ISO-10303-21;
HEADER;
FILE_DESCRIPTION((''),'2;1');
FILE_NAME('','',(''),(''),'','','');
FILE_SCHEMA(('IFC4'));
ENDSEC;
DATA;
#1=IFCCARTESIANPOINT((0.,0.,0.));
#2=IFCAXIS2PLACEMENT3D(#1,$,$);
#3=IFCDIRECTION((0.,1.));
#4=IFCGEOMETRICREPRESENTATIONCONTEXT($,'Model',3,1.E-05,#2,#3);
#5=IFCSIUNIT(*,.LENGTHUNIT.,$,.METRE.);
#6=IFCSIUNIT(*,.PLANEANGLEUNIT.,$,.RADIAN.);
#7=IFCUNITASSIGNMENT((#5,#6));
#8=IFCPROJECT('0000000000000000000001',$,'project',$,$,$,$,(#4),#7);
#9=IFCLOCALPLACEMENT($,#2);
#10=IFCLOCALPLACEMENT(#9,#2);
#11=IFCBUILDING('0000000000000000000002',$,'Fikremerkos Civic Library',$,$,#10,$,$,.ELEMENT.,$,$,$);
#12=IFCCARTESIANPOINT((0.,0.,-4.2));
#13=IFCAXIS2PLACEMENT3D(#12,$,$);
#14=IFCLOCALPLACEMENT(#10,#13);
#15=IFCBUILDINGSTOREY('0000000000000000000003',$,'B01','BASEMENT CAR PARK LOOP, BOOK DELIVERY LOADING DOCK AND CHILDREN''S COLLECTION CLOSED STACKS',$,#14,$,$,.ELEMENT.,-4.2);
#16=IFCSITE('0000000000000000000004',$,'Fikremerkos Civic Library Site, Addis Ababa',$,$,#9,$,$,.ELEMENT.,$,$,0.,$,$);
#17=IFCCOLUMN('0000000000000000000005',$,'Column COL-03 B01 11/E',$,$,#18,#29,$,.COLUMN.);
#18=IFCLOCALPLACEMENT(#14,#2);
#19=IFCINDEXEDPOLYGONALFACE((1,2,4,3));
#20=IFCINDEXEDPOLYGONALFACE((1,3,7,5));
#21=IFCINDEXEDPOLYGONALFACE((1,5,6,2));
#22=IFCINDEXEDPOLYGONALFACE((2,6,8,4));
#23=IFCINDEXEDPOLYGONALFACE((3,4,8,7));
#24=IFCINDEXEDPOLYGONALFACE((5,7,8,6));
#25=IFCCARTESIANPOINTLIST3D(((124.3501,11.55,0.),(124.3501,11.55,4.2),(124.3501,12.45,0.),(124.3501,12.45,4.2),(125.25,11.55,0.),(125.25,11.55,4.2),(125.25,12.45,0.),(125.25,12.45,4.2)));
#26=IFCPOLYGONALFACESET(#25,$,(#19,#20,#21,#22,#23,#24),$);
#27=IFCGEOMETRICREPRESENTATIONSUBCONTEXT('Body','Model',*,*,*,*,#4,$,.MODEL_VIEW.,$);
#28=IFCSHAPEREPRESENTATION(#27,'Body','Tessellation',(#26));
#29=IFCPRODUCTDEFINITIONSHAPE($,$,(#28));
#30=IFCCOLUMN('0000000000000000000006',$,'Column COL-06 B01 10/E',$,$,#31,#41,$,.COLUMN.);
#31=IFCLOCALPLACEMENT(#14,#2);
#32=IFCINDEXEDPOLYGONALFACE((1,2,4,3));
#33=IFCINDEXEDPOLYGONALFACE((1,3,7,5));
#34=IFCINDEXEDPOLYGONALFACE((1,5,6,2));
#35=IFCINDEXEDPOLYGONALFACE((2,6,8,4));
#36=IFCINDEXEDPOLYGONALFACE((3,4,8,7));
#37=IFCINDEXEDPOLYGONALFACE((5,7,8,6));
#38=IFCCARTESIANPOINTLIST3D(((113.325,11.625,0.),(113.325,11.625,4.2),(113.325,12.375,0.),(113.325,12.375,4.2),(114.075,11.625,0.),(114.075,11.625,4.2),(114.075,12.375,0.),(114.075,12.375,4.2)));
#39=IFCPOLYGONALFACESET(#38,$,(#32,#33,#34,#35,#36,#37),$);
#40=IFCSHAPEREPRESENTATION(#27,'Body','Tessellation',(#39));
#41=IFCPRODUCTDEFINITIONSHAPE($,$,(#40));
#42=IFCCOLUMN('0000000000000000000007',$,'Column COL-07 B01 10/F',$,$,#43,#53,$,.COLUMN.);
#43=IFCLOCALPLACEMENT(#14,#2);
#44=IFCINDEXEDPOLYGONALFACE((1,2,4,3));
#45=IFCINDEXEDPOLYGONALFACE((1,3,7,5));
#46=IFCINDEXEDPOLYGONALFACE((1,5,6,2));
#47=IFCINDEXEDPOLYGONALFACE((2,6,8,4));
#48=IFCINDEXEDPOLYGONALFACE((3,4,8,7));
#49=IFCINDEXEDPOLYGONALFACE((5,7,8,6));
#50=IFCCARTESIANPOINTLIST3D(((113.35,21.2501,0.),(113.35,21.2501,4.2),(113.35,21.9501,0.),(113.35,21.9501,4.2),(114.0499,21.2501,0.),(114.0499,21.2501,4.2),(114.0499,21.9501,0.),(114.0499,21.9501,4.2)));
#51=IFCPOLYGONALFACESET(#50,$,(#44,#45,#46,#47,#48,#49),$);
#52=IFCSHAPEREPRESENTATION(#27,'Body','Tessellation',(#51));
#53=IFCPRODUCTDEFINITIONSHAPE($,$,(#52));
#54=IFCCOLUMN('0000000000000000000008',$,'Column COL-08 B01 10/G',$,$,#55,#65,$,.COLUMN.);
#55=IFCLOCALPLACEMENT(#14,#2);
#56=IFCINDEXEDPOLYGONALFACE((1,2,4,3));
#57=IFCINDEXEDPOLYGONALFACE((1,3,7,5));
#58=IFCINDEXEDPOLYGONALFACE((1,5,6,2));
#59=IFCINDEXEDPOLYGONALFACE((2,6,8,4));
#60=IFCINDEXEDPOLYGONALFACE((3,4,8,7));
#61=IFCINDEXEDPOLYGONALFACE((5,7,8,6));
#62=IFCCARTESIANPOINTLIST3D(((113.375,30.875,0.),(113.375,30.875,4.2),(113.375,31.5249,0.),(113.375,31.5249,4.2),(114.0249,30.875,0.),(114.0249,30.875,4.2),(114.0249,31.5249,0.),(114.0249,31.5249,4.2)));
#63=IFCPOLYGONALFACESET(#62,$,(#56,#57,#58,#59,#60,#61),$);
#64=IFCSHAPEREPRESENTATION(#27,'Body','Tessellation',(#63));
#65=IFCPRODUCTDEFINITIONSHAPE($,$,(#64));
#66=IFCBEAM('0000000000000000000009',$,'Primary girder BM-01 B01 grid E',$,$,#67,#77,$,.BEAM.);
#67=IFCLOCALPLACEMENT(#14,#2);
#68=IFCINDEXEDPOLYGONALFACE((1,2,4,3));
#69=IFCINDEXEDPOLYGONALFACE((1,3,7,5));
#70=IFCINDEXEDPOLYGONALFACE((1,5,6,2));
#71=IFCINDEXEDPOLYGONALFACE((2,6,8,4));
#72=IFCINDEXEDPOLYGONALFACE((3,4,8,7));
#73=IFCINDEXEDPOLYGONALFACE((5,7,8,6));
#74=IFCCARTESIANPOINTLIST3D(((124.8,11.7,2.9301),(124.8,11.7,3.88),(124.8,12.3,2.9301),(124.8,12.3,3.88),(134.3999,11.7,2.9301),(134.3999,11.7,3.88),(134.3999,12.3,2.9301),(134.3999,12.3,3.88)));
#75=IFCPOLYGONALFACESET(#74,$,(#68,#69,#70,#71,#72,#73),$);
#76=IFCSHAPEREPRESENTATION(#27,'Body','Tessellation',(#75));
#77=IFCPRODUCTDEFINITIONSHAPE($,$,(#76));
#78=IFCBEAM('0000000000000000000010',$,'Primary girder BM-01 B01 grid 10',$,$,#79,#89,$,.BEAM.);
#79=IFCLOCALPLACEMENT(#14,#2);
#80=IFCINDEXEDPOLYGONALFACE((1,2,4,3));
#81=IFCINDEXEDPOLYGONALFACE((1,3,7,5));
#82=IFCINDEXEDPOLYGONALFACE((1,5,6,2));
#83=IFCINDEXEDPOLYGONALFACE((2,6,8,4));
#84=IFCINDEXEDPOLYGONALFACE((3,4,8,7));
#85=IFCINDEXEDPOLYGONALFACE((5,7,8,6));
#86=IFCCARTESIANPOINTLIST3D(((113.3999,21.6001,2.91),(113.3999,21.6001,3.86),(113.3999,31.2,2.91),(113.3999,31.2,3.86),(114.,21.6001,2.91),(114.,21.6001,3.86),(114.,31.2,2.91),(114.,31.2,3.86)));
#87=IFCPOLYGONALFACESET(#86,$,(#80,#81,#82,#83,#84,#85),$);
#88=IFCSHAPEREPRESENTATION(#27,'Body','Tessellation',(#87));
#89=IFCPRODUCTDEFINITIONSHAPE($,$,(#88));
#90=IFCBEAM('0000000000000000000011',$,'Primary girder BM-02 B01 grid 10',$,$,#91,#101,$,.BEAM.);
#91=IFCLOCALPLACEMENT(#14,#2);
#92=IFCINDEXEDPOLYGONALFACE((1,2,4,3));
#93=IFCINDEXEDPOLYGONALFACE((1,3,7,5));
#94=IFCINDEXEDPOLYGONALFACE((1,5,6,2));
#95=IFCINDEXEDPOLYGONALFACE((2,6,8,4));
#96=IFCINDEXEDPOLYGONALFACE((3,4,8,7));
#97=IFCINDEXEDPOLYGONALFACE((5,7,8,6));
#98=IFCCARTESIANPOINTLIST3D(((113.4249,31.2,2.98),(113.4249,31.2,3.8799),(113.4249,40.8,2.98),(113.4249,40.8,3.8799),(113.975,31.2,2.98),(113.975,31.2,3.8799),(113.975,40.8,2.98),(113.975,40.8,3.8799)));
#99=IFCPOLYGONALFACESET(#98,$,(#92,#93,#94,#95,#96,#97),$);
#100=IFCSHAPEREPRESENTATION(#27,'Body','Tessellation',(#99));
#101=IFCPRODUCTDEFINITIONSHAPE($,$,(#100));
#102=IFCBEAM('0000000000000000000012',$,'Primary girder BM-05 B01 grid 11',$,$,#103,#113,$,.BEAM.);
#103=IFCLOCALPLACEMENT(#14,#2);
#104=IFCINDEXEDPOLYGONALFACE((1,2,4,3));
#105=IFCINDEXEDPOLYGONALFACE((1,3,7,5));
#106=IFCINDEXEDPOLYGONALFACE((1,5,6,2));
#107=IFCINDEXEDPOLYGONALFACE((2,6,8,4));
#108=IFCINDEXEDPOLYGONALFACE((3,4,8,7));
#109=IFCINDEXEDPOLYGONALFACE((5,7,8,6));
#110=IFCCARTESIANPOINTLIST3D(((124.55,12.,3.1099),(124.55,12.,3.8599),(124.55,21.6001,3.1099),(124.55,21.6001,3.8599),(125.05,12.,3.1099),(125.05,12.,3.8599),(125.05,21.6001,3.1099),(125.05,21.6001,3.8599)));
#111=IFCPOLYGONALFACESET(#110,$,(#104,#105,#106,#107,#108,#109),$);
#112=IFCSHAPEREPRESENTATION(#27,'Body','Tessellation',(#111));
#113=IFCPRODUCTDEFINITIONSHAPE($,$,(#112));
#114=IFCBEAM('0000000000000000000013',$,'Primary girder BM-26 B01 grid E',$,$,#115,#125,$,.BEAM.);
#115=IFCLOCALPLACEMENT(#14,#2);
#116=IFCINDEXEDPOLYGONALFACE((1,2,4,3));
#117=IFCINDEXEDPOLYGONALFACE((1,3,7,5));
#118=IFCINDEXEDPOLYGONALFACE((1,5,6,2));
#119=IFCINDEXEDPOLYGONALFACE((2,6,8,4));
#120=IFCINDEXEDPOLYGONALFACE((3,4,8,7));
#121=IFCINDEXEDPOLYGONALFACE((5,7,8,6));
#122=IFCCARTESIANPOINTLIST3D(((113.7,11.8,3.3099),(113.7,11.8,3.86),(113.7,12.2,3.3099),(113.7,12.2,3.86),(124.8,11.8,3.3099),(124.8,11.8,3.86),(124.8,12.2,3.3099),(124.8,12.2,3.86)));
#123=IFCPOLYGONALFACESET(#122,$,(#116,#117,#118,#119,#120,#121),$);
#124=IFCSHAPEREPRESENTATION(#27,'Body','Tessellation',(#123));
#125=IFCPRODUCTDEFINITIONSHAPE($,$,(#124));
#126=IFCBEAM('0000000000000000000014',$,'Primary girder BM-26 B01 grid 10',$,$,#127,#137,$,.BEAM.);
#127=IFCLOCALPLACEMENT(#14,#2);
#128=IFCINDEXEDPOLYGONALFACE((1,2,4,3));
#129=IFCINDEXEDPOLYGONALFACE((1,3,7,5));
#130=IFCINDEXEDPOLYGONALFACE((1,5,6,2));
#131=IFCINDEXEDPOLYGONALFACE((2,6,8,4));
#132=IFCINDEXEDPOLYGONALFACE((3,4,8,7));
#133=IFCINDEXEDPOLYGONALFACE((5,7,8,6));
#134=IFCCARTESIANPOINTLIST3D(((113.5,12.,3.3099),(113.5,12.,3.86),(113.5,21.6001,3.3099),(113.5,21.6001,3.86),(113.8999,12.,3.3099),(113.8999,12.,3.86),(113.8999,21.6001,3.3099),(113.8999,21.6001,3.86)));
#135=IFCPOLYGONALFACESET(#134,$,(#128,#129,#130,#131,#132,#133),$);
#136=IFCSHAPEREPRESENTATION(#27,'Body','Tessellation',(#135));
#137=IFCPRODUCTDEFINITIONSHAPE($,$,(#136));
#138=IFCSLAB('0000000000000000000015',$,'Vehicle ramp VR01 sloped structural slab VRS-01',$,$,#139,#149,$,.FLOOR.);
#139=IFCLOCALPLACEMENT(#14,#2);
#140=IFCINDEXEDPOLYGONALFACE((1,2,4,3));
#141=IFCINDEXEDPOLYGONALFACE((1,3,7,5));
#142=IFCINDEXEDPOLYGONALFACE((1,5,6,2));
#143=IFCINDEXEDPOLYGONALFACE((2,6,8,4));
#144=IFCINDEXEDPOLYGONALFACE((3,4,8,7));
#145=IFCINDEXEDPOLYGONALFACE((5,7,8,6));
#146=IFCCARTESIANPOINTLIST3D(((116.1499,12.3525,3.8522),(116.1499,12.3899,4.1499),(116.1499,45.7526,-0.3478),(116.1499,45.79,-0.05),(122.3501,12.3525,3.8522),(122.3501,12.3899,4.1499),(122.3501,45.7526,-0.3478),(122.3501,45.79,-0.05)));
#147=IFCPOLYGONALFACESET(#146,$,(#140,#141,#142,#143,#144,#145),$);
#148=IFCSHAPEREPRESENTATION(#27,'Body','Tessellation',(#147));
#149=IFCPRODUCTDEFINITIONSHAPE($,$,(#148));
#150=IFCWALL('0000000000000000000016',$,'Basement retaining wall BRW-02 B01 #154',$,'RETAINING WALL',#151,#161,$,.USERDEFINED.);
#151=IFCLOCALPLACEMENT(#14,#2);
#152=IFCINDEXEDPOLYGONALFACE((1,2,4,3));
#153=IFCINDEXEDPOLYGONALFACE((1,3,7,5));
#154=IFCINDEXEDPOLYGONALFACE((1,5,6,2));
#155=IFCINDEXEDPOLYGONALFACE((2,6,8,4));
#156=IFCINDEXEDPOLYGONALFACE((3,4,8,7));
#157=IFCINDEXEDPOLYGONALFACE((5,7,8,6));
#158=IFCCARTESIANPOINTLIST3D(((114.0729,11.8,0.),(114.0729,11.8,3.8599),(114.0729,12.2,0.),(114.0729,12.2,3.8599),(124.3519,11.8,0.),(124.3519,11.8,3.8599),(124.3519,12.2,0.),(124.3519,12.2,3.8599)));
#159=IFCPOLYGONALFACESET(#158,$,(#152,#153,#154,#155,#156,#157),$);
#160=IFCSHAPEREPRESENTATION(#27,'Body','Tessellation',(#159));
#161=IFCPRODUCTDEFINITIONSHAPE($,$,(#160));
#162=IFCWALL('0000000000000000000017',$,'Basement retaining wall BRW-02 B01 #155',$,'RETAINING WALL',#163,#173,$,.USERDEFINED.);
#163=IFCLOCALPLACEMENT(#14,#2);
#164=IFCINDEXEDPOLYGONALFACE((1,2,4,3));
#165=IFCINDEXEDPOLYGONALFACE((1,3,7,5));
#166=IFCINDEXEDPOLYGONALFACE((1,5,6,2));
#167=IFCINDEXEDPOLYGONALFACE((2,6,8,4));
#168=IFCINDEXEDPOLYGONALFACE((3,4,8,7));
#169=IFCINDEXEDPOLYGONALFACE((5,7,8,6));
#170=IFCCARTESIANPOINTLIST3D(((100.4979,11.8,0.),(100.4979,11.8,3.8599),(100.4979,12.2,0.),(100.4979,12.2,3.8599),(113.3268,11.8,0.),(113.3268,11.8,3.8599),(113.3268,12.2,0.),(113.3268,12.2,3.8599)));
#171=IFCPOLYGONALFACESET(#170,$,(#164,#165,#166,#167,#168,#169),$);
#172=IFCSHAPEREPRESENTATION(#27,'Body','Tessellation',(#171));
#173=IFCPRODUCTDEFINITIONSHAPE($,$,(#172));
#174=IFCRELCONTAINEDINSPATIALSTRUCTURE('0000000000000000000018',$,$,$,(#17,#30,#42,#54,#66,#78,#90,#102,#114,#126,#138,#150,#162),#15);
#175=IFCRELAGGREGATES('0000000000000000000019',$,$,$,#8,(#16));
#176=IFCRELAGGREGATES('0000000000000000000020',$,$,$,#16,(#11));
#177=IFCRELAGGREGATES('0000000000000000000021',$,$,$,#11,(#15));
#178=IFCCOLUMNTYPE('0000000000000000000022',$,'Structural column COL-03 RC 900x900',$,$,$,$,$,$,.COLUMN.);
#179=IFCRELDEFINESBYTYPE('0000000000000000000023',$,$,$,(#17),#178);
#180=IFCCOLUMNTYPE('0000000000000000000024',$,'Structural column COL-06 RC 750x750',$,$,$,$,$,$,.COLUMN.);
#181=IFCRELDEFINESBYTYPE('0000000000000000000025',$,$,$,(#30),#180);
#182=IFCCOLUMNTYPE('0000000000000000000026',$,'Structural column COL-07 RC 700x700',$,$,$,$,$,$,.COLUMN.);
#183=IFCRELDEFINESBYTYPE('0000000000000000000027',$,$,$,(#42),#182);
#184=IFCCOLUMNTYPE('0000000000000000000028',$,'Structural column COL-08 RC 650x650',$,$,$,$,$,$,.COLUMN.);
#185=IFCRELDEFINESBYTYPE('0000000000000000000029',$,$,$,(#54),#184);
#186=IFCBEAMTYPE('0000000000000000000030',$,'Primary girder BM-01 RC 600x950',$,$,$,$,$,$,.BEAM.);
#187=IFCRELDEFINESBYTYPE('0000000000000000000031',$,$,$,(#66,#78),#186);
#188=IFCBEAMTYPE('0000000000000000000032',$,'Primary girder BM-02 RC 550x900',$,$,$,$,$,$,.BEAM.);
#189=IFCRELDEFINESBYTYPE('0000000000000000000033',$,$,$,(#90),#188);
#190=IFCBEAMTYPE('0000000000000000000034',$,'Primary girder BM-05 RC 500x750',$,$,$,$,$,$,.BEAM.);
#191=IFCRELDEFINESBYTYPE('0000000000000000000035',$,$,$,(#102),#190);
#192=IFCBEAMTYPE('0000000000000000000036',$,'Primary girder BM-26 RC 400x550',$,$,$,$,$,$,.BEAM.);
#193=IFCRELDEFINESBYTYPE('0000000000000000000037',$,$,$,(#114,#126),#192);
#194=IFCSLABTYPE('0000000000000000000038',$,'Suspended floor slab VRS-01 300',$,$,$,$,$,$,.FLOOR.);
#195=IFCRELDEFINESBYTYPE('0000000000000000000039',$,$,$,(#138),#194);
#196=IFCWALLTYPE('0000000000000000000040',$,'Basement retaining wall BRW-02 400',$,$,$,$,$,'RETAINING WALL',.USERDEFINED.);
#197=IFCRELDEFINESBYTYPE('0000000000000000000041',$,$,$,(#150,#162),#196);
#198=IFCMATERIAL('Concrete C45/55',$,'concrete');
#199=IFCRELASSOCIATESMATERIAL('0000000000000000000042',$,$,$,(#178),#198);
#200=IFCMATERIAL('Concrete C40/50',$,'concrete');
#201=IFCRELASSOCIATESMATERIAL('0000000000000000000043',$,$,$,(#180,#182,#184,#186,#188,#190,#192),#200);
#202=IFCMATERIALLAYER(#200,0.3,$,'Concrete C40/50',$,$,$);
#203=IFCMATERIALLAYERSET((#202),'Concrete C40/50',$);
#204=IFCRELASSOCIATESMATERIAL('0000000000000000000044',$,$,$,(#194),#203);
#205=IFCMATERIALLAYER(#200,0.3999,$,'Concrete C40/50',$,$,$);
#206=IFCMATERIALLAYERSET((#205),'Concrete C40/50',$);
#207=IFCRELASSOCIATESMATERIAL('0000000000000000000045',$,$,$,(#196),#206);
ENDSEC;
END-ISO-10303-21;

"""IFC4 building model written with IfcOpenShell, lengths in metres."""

from ifc_helpers import new_model, si_unit, direction, frame, frame_2d, origin, origin_2d, place, context, subcontext, project, spatial, polyline, rectangle, outline, extrude, material, layer, layer_set, material_profile, profile_set, type_object, element, save


model = new_model("IFC4")

# Units and contexts
model_context = context("Model", 3, precision=1e-05, world=origin(), true_north=direction((0.0, 1.0)))
body_context = subcontext(model_context, "Body", "Model", "MODEL_VIEW")
ifc_project = project(units=[si_unit("LENGTHUNIT", "METRE"), si_unit("PLANEANGLEUNIT", "RADIAN")], contexts=[model_context])

# Site, building, storey
site_placement = place(None, origin())
site = spatial("IfcSite", under=ifc_project, at=site_placement, Name="Fikremerkos Civic Library Site, Addis Ababa", CompositionType="ELEMENT", RefElevation=0.0)
building_placement = place(site_placement, origin())
building = spatial("IfcBuilding", under=site, at=building_placement, Name="Fikremerkos Civic Library", CompositionType="ELEMENT")
storey_placement = place(building_placement, frame((0.0, 0.0, -4.2)))
storey = spatial("IfcBuildingStorey", under=building, at=storey_placement, Name="B01", Description="BASEMENT CAR PARK LOOP, BOOK DELIVERY LOADING DOCK AND CHILDREN'S COLLECTION CLOSED STACKS", CompositionType="ELEMENT", Elevation=-4.2)

# Columns
ifc_material_1 = material(Name="Concrete C45/55", Category="concrete")
ifc_material_profile_1 = material_profile(ifc_material_1, rectangle(XDim=0.8999, YDim=0.8999, at=origin_2d()), Name="RC 900x900")
ifc_profile_set_1 = profile_set([ifc_material_profile_1], Name="Concrete C45/55")
column_type_1 = type_object("IfcColumnType", Name="Structural column COL-03 RC 900x900", PredefinedType="COLUMN", material=ifc_profile_set_1)
column_1_placement = place(storey_placement, frame((124.8, 12.0, 0.0), z_axis=(0.0, 0.0, 1.0), x_axis=(1.0, 0.0, 0.0)))
element("IfcColumn", 1, at=column_1_placement, inside=storey, type_object=column_type_1, Name="Column COL-03 B01 11/E", PredefinedType="COLUMN", context=body_context, shape_type="SweptSolid", body=[
    extrude(rectangle(XDim=0.8999, YDim=0.8999, at=origin_2d()), origin(), (0.0, 0.0, 1.0), 4.2),
])
ifc_material_2 = material(Name="Concrete C40/50", Category="concrete")
ifc_material_profile_2 = material_profile(ifc_material_2, rectangle(XDim=0.75, YDim=0.75, at=origin_2d()), Name="RC 750x750")
ifc_profile_set_2 = profile_set([ifc_material_profile_2], Name="Concrete C40/50")
column_type_2 = type_object("IfcColumnType", Name="Structural column COL-06 RC 750x750", PredefinedType="COLUMN", material=ifc_profile_set_2)
column_2_placement = place(storey_placement, frame((113.7, 12.0, 0.0), z_axis=(0.0, 0.0, 1.0), x_axis=(1.0, 0.0, 0.0)))
element("IfcColumn", 2, at=column_2_placement, inside=storey, type_object=column_type_2, Name="Column COL-06 B01 10/E", PredefinedType="COLUMN", context=body_context, shape_type="SweptSolid", body=[
    extrude(rectangle(XDim=0.75, YDim=0.75, at=origin_2d()), origin(), (0.0, 0.0, 1.0), 4.2),
])
ifc_material_profile_3 = material_profile(ifc_material_2, rectangle(XDim=0.7, YDim=0.7, at=origin_2d()), Name="RC 700x700")
ifc_profile_set_3 = profile_set([ifc_material_profile_3], Name="Concrete C40/50")
column_type_3 = type_object("IfcColumnType", Name="Structural column COL-07 RC 700x700", PredefinedType="COLUMN", material=ifc_profile_set_3)
column_3_placement = place(storey_placement, frame((113.7, 21.6001, 0.0), z_axis=(0.0, 0.0, 1.0), x_axis=(1.0, 0.0, 0.0)))
element("IfcColumn", 3, at=column_3_placement, inside=storey, type_object=column_type_3, Name="Column COL-07 B01 10/F", PredefinedType="COLUMN", context=body_context, shape_type="SweptSolid", body=[
    extrude(rectangle(XDim=0.7, YDim=0.7, at=origin_2d()), origin(), (0.0, 0.0, 1.0), 4.2),
])
ifc_material_profile_4 = material_profile(ifc_material_2, rectangle(XDim=0.6499, YDim=0.6499, at=origin_2d()), Name="RC 650x650")
ifc_profile_set_4 = profile_set([ifc_material_profile_4], Name="Concrete C40/50")
column_type_4 = type_object("IfcColumnType", Name="Structural column COL-08 RC 650x650", PredefinedType="COLUMN", material=ifc_profile_set_4)
column_4_placement = place(storey_placement, frame((113.7, 31.2, 0.0), z_axis=(0.0, 0.0, 1.0), x_axis=(1.0, 0.0, 0.0)))
element("IfcColumn", 4, at=column_4_placement, inside=storey, type_object=column_type_4, Name="Column COL-08 B01 10/G", PredefinedType="COLUMN", context=body_context, shape_type="SweptSolid", body=[
    extrude(rectangle(XDim=0.6499, YDim=0.6499, at=origin_2d()), origin(), (0.0, 0.0, 1.0), 4.2),
])

# Beams
ifc_material_profile_5 = material_profile(ifc_material_2, rectangle(XDim=0.6001, YDim=0.95, at=origin_2d()), Name="RC 600x950")
ifc_profile_set_5 = profile_set([ifc_material_profile_5], Name="Concrete C40/50")
beam_type_1 = type_object("IfcBeamType", Name="Primary girder BM-01 RC 600x950", PredefinedType="BEAM", material=ifc_profile_set_5)
for number, where, z_axis, x_axis, name in (
    (5, (124.8, 12.0, 3.405), (1.0, 0.0, 0.0), (0.0, 1.0, 0.0), "Primary girder BM-01 B01 grid E"),
    (6, (113.7, 21.6001, 3.385), (0.0, 1.0, 0.0), (-1.0, 0.0, 0.0), "Primary girder BM-01 B01 grid 10"),
):
    element("IfcBeam", number, at=place(storey_placement, frame(where, z_axis=z_axis, x_axis=x_axis)), inside=storey, type_object=beam_type_1, Name=name, PredefinedType="BEAM", context=body_context, shape_type="SweptSolid", body=[
        extrude(rectangle(XDim=0.6001, YDim=0.95, at=origin_2d()), origin(), (0.0, 0.0, 1.0), 9.5999),
    ])
ifc_material_profile_6 = material_profile(ifc_material_2, rectangle(XDim=0.55, YDim=0.8999, at=origin_2d()), Name="RC 550x900")
ifc_profile_set_6 = profile_set([ifc_material_profile_6], Name="Concrete C40/50")
beam_type_2 = type_object("IfcBeamType", Name="Primary girder BM-02 RC 550x900", PredefinedType="BEAM", material=ifc_profile_set_6)
beam_1_placement = place(storey_placement, frame((113.7, 31.2, 3.4299), z_axis=(0.0, 1.0, 0.0), x_axis=(-1.0, 0.0, 0.0)))
element("IfcBeam", 7, at=beam_1_placement, inside=storey, type_object=beam_type_2, Name="Primary girder BM-02 B01 grid 10", PredefinedType="BEAM", context=body_context, shape_type="SweptSolid", body=[
    extrude(rectangle(XDim=0.55, YDim=0.8999, at=origin_2d()), origin(), (0.0, 0.0, 1.0), 9.6001),
])
ifc_material_profile_7 = material_profile(ifc_material_2, rectangle(XDim=0.5, YDim=0.75, at=origin_2d()), Name="RC 500x750")
ifc_profile_set_7 = profile_set([ifc_material_profile_7], Name="Concrete C40/50")
beam_type_3 = type_object("IfcBeamType", Name="Primary girder BM-05 RC 500x750", PredefinedType="BEAM", material=ifc_profile_set_7)
beam_2_placement = place(storey_placement, frame((124.8, 12.0, 3.4849), z_axis=(0.0, 1.0, 0.0), x_axis=(-1.0, 0.0, 0.0)))
element("IfcBeam", 8, at=beam_2_placement, inside=storey, type_object=beam_type_3, Name="Primary girder BM-05 B01 grid 11", PredefinedType="BEAM", context=body_context, shape_type="SweptSolid", body=[
    extrude(rectangle(XDim=0.5, YDim=0.75, at=origin_2d()), origin(), (0.0, 0.0, 1.0), 9.6001),
])
ifc_material_profile_8 = material_profile(ifc_material_2, rectangle(XDim=0.3999, YDim=0.55, at=origin_2d()), Name="RC 400x550")
ifc_profile_set_8 = profile_set([ifc_material_profile_8], Name="Concrete C40/50")
beam_type_4 = type_object("IfcBeamType", Name="Primary girder BM-26 RC 400x550", PredefinedType="BEAM", material=ifc_profile_set_8)
beam_3_placement = place(storey_placement, frame((113.7, 12.0, 3.585), z_axis=(1.0, 0.0, 0.0), x_axis=(0.0, 1.0, 0.0)))
element("IfcBeam", 9, at=beam_3_placement, inside=storey, type_object=beam_type_4, Name="Primary girder BM-26 B01 grid E", PredefinedType="BEAM", context=body_context, shape_type="SweptSolid", body=[
    extrude(rectangle(XDim=0.3999, YDim=0.55, at=origin_2d()), origin(), (0.0, 0.0, 1.0), 11.1001),
])
beam_4_placement = place(storey_placement, frame((113.7, 12.0, 3.585), z_axis=(0.0, 1.0, 0.0), x_axis=(-1.0, 0.0, 0.0)))
element("IfcBeam", 10, at=beam_4_placement, inside=storey, type_object=beam_type_4, Name="Primary girder BM-26 B01 grid 10", PredefinedType="BEAM", context=body_context, shape_type="SweptSolid", body=[
    extrude(rectangle(XDim=0.3999, YDim=0.55, at=origin_2d()), origin(), (0.0, 0.0, 1.0), 9.6001),
])

# Slab
ifc_layer_1 = layer(ifc_material_2, 0.3, Name="Concrete C40/50")
ifc_layer_set_1 = layer_set([ifc_layer_1], Name="Concrete C40/50")
slab_type = type_object("IfcSlabType", Name="Suspended floor slab VRS-01 300", PredefinedType="FLOOR", material=ifc_layer_set_1)
slab_placement = place(storey_placement, frame((116.1499, 12.3899, 4.1499), z_axis=(0.0, 0.124764, 0.992186), x_axis=(1.0, 0.0, 0.0)))
element("IfcSlab", 11, at=slab_placement, inside=storey, type_object=slab_type, Name="Vehicle ramp VR01 sloped structural slab VRS-01", PredefinedType="FLOOR", context=body_context, shape_type="SweptSolid", body=[
    extrude(outline(polyline([(0.0, 0.0), (6.2002, 0.0), (6.2002, 33.6632), (0.0, 33.6632), (0.0, 0.0)])), origin(), (0.0, 0.0, -1.0), 0.3),
])

# Walls
ifc_layer_2 = layer(ifc_material_2, 0.3999, Name="Concrete C40/50")
ifc_layer_set_2 = layer_set([ifc_layer_2], Name="Concrete C40/50")
wall_type_1 = type_object("IfcWallType", Name="Basement retaining wall BRW-02 400", ElementType="RETAINING WALL", PredefinedType="USERDEFINED", material=ifc_layer_set_2)
wall_1_placement = place(storey_placement, frame((124.3521, 12.0, 0.0), z_axis=(0.0, 0.0, 1.0), x_axis=(-1.0, 0.0, 0.0)))
element("IfcWall", 12, at=wall_1_placement, inside=storey, type_object=wall_type_1, Name="Basement retaining wall BRW-02 B01 #154", ObjectType="RETAINING WALL", PredefinedType="USERDEFINED", context=body_context, shape_type="SweptSolid", body=[
    extrude(rectangle(XDim=10.2791, YDim=0.3999, at=frame_2d((5.1396, 0.0))), origin(), (0.0, 0.0, 1.0), 3.8599),
])
wall_2_placement = place(storey_placement, frame((113.3269, 12.0, 0.0), z_axis=(0.0, 0.0, 1.0), x_axis=(-1.0, 0.0, 0.0)))
element("IfcWall", 13, at=wall_2_placement, inside=storey, type_object=wall_type_1, Name="Basement retaining wall BRW-02 B01 #155", ObjectType="RETAINING WALL", PredefinedType="USERDEFINED", context=body_context, shape_type="SweptSolid", body=[
    extrude(rectangle(XDim=12.8289, YDim=0.3999, at=frame_2d((6.4146, 0.0))), origin(), (0.0, 0.0, 1.0), 3.8599),
])

save(model, "model.ifc")
